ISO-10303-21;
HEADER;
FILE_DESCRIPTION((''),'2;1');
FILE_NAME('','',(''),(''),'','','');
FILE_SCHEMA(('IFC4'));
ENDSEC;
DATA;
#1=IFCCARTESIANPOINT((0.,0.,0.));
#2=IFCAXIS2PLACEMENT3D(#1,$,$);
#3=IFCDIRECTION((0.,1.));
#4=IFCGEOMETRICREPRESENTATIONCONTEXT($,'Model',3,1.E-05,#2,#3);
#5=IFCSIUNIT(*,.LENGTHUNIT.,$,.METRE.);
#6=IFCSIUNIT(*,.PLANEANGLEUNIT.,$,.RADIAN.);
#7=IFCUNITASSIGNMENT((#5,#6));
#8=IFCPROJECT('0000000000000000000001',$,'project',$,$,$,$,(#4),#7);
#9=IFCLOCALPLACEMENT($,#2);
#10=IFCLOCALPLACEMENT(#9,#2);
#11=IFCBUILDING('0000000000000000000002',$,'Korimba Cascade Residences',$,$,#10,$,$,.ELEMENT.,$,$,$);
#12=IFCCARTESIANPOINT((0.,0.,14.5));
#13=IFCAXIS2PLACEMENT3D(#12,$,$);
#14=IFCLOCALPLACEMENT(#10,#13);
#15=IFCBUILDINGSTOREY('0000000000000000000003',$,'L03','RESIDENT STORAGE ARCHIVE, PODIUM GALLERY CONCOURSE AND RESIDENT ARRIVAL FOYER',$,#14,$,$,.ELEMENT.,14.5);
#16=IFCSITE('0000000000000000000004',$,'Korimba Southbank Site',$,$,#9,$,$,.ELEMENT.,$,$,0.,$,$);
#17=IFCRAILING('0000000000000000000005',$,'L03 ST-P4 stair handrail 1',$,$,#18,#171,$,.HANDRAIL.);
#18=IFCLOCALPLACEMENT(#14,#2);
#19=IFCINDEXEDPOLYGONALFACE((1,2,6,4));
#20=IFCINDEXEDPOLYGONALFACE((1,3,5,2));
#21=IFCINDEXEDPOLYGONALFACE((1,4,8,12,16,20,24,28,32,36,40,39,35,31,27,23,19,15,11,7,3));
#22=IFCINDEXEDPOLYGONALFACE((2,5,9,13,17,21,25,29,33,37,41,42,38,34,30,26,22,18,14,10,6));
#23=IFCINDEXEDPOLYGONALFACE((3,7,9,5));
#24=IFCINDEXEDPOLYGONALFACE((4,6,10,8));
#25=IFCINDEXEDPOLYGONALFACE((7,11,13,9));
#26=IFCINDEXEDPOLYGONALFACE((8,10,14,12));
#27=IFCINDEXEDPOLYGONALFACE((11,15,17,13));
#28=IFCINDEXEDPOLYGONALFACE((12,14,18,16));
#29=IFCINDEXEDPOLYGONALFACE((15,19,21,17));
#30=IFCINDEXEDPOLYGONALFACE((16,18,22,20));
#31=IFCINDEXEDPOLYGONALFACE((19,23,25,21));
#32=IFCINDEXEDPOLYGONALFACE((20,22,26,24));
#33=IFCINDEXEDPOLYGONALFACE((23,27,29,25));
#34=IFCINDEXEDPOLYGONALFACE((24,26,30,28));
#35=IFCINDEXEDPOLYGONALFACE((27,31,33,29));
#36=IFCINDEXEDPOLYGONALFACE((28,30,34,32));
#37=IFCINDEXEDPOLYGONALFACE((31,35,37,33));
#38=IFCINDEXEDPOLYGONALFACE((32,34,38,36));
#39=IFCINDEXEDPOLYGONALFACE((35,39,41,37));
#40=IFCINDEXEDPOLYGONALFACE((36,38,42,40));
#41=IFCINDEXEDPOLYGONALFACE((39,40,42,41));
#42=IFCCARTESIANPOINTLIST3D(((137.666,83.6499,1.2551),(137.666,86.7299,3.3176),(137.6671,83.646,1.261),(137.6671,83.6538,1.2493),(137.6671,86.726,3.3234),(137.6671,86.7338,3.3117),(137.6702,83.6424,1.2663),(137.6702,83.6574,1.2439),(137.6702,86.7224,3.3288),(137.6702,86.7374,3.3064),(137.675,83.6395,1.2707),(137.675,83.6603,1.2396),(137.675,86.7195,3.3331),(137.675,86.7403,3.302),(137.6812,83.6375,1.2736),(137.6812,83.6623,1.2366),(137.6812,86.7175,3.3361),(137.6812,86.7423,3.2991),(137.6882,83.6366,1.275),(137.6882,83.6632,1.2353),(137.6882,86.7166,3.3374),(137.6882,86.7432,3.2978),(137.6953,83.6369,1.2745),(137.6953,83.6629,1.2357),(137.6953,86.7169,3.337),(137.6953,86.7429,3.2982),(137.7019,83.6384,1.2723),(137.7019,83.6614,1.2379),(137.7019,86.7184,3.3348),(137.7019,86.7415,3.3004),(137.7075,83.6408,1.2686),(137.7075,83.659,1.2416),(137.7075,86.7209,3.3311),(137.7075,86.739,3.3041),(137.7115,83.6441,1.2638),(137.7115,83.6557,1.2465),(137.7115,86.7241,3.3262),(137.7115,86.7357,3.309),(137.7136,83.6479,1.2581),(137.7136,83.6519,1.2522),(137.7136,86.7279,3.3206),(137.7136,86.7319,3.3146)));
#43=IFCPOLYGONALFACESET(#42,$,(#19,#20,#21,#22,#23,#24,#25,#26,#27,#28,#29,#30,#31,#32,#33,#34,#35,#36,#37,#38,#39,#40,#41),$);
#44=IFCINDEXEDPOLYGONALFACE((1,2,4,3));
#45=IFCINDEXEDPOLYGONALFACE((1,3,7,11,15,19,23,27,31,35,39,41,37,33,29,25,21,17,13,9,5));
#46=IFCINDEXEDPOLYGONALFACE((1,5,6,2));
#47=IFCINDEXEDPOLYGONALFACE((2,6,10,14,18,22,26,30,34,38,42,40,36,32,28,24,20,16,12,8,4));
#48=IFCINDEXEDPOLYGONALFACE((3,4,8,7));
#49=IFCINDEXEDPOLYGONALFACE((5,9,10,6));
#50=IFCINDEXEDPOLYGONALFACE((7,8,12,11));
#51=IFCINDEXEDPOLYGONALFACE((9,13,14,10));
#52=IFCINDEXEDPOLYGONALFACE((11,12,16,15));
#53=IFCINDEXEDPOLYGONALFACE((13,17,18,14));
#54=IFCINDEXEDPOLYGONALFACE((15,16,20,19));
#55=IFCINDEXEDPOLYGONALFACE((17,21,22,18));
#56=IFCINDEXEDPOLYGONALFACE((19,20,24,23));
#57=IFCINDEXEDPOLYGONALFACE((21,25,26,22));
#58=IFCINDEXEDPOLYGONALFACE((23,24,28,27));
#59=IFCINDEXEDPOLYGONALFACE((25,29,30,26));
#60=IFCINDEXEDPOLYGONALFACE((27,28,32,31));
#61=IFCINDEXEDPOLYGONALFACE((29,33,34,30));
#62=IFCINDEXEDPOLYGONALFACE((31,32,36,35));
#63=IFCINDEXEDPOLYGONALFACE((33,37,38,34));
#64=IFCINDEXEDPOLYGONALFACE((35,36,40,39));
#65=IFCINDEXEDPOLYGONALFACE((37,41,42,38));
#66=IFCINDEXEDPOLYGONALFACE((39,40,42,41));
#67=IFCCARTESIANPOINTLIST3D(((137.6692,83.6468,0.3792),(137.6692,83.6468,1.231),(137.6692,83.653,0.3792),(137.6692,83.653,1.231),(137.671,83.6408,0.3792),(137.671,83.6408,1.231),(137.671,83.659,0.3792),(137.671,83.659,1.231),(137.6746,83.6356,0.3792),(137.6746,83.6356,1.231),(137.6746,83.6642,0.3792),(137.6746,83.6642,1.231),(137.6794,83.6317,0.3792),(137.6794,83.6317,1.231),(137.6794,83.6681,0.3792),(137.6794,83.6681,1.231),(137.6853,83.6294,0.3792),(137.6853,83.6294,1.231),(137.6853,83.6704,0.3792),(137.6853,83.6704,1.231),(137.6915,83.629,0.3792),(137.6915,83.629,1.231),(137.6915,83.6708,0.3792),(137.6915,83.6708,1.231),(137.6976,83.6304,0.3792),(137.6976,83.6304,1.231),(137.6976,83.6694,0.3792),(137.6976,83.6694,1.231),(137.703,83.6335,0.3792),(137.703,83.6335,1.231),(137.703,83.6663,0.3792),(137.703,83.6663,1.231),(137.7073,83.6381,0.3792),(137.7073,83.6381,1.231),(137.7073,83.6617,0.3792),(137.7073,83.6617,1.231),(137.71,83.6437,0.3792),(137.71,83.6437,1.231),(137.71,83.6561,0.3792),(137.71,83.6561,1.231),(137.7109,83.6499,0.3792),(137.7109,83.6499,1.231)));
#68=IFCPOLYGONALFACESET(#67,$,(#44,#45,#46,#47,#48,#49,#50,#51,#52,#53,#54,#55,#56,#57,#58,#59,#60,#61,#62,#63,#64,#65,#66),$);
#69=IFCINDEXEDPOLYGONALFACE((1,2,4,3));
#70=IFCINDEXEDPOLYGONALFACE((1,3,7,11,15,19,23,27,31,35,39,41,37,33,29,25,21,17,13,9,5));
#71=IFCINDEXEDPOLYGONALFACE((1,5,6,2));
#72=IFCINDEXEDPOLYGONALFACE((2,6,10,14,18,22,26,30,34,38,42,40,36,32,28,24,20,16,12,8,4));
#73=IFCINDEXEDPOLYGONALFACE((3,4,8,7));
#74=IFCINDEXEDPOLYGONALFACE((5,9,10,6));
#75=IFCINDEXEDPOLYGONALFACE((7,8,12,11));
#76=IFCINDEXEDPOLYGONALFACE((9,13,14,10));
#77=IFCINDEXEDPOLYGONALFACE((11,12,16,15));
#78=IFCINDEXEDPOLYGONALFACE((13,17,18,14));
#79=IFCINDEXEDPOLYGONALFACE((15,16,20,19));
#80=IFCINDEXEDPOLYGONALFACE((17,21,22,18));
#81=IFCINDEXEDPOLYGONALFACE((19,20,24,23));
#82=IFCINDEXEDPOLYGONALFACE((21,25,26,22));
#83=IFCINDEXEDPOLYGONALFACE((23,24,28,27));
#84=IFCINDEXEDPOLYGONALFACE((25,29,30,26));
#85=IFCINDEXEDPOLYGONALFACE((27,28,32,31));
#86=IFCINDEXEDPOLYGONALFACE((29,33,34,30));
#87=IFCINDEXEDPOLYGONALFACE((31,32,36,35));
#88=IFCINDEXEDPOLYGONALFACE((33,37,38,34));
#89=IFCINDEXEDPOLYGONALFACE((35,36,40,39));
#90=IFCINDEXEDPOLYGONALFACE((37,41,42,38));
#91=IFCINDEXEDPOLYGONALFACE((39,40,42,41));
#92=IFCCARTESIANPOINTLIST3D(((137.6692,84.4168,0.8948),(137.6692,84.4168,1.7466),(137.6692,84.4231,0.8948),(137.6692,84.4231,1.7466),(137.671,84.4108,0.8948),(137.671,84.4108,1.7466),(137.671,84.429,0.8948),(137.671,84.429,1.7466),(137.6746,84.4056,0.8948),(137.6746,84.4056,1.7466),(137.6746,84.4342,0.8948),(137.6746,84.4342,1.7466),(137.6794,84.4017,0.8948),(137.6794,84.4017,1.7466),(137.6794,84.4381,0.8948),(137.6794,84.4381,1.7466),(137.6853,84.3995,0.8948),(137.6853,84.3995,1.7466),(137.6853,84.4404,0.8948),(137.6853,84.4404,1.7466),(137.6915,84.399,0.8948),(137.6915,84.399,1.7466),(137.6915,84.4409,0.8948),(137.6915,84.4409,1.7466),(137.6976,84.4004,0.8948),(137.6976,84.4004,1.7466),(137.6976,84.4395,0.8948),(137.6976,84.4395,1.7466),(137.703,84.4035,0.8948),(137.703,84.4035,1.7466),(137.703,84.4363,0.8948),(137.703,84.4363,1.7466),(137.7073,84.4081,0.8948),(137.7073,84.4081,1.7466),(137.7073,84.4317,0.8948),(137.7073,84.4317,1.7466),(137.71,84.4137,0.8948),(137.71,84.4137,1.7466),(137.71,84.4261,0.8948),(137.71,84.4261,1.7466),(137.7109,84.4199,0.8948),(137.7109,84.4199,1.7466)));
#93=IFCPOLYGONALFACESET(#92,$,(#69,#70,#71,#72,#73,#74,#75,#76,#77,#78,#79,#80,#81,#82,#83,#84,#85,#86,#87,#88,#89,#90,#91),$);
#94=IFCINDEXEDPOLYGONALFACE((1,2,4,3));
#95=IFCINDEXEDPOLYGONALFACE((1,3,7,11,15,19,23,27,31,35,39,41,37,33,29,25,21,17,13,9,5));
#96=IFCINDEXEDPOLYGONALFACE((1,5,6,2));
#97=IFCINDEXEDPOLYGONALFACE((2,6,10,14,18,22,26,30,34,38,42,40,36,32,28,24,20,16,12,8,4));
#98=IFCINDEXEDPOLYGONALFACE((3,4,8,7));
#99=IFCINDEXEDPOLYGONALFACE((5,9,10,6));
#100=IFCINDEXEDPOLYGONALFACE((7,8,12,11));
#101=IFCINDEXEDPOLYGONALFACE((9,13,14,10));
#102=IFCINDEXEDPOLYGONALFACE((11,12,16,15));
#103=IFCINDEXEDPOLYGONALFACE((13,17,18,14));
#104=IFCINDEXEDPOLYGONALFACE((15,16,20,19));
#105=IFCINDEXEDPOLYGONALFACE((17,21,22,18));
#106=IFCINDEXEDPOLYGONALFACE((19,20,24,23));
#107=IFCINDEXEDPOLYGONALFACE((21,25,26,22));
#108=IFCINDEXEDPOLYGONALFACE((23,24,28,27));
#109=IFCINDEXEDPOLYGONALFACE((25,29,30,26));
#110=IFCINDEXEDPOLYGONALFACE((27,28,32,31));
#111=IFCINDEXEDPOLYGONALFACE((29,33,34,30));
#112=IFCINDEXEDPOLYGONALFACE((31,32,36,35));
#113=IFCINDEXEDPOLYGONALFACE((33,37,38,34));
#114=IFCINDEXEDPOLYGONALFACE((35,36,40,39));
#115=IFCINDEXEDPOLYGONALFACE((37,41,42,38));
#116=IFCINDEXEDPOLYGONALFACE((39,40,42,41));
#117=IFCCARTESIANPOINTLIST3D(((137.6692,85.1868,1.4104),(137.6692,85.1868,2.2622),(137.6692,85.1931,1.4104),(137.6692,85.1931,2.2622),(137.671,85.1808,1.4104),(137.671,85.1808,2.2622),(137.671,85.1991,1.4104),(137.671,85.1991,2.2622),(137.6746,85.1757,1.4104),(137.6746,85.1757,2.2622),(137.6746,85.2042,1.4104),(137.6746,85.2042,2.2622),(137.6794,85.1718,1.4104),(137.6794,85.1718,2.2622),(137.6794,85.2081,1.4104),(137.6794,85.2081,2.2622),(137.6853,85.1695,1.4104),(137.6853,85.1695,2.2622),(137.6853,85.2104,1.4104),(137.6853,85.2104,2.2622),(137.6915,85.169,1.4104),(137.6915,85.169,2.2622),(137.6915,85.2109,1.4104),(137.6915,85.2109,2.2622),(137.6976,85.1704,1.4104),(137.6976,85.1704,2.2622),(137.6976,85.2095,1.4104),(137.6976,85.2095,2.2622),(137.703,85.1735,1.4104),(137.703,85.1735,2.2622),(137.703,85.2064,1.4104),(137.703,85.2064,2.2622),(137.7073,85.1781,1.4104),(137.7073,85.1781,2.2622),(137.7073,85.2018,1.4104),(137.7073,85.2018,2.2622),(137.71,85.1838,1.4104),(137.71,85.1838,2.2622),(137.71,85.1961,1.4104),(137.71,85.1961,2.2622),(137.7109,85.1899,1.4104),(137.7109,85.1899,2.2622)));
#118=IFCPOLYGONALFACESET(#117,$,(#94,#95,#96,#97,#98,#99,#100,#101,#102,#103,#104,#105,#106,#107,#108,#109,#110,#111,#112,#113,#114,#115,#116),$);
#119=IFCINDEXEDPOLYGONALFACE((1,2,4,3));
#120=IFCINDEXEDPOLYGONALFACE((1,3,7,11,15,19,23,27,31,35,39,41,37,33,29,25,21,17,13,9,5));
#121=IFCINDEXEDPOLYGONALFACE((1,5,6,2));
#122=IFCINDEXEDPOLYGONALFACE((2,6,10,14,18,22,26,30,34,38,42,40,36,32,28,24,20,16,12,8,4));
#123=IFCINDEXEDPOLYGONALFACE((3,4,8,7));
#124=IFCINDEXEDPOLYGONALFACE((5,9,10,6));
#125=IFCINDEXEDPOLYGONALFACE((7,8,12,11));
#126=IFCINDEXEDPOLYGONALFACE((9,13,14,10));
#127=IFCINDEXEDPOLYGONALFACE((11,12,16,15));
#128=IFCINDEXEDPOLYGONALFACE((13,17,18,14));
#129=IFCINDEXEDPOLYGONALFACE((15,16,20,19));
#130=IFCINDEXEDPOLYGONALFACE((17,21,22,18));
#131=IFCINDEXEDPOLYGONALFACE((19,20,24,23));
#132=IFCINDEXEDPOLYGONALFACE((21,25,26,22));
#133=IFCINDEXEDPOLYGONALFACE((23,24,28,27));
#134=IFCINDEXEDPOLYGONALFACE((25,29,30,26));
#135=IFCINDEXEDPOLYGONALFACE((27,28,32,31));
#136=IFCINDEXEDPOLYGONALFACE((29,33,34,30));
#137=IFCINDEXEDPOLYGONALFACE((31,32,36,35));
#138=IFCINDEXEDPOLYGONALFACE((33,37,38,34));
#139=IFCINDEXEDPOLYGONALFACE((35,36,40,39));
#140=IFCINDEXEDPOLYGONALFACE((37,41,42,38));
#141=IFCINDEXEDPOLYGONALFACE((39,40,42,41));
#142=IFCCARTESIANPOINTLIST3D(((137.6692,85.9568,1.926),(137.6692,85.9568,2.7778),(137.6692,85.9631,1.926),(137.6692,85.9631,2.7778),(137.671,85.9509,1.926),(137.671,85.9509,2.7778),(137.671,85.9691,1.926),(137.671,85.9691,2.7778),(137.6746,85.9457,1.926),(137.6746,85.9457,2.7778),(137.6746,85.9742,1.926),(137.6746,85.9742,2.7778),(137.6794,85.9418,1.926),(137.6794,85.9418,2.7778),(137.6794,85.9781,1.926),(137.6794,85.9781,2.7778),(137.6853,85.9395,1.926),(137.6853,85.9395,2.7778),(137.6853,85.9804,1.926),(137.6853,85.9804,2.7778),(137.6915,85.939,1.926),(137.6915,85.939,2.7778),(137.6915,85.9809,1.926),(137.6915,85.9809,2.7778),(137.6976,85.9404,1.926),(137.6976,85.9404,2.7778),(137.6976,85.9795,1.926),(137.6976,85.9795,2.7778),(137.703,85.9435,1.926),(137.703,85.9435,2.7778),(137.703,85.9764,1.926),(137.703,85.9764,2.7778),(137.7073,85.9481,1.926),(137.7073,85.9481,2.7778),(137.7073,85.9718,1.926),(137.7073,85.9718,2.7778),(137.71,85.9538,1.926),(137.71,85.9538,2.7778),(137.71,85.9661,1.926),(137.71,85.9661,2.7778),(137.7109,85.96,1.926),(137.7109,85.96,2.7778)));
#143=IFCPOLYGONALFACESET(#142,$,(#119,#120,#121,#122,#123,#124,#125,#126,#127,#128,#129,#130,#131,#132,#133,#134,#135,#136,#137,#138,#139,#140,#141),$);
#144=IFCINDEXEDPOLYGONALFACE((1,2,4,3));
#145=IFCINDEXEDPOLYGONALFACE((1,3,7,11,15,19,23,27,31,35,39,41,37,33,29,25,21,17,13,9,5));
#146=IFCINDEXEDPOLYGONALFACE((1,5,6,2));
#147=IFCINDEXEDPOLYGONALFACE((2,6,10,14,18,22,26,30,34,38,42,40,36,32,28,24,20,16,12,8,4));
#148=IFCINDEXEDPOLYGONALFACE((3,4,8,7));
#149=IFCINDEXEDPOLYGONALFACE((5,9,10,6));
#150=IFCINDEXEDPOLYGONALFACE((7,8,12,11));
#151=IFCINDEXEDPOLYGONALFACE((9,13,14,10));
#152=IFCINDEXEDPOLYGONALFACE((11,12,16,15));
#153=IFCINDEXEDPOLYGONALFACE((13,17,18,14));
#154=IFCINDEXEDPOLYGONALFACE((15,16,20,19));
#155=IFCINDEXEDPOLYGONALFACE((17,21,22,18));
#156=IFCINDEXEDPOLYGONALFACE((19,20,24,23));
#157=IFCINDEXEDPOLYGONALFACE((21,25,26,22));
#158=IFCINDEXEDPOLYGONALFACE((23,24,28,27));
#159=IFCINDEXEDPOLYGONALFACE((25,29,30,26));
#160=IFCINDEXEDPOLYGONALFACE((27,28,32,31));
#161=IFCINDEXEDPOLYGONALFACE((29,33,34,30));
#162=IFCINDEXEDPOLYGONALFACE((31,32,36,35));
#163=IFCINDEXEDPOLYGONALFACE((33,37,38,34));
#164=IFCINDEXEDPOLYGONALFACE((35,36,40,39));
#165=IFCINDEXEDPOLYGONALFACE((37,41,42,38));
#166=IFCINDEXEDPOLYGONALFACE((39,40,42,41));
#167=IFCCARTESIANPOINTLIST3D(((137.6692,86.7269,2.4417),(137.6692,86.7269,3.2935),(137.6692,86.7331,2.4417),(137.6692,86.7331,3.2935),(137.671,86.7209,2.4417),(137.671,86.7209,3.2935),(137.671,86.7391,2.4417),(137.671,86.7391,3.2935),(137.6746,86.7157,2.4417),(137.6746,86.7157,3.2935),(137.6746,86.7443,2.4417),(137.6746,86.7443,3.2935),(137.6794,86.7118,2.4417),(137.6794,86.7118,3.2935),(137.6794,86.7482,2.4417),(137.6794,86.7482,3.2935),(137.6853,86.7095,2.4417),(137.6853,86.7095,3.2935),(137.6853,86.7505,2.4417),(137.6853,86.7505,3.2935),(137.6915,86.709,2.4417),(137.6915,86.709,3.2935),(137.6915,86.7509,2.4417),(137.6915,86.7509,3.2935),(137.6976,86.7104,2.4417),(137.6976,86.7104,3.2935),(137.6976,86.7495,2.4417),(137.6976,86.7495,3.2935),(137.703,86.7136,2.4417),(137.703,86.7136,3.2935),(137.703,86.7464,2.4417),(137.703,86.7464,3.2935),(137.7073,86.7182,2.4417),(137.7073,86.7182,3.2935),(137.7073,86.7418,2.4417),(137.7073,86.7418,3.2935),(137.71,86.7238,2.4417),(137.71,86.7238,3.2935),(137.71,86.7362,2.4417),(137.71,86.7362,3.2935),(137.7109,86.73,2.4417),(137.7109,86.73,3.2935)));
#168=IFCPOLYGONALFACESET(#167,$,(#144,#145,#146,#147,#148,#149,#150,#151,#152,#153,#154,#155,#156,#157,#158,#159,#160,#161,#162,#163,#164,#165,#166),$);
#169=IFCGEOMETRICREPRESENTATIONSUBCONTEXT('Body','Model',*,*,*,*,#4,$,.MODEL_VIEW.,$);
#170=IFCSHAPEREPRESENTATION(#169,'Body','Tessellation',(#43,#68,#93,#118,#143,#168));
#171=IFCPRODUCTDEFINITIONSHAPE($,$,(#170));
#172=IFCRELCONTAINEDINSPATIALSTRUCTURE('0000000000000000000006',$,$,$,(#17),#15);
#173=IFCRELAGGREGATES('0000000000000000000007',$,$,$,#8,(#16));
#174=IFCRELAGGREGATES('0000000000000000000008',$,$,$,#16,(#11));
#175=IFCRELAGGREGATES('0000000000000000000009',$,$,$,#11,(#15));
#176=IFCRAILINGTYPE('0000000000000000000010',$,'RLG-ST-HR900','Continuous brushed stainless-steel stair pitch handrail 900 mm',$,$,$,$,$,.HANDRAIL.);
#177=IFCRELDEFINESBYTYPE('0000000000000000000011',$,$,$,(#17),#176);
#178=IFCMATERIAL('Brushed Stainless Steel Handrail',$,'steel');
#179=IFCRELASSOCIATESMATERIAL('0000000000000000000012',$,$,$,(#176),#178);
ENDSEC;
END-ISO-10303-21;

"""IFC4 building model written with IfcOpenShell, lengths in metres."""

from ifc_helpers import new_model, si_unit, direction, frame, origin, origin_2d, place, context, subcontext, project, spatial, circle, extrude, material, type_object, element, save


model = new_model("IFC4")

# Units and contexts
model_context = context("Model", 3, precision=1e-05, world=origin(), true_north=direction((0.0, 1.0)))
body_context = subcontext(model_context, "Body", "Model", "MODEL_VIEW")
ifc_project = project(units=[si_unit("LENGTHUNIT", "METRE"), si_unit("PLANEANGLEUNIT", "RADIAN")], contexts=[model_context])

# Site, building, storey
site_placement = place(None, origin())
site = spatial("IfcSite", under=ifc_project, at=site_placement, Name="Korimba Southbank Site", CompositionType="ELEMENT", RefElevation=0.0)
building_placement = place(site_placement, origin())
building = spatial("IfcBuilding", under=site, at=building_placement, Name="Korimba Cascade Residences", CompositionType="ELEMENT")
storey_placement = place(building_placement, frame((0.0, 0.0, 14.5)))
storey = spatial("IfcBuildingStorey", under=building, at=storey_placement, Name="L03", Description="RESIDENT STORAGE ARCHIVE, PODIUM GALLERY CONCOURSE AND RESIDENT ARRIVAL FOYER", CompositionType="ELEMENT", Elevation=14.5)

# Railing
ifc_material_1 = material(Name="Brushed Stainless Steel Handrail", Category="steel")
railing_type_1 = type_object("IfcRailingType", Name="RLG-ST-HR900", Description="Continuous brushed stainless-steel stair pitch handrail 900 mm", PredefinedType="HANDRAIL", material=ifc_material_1)
railing_1_placement = place(storey_placement, frame((137.6899, 83.6499, 0.3792)))
element("IfcRailing", 1, at=railing_1_placement, inside=storey, type_object=railing_type_1, Name="L03 ST-P4 stair handrail 1", PredefinedType="HANDRAIL", context=body_context, shape_type="SweptSolid", body=[
    extrude(circle(Radius=0.0239, at=origin_2d()), frame((0.0, 0.0, 0.876), z_axis=(0.0, 0.830914, 0.556401), x_axis=(-1.0, 0.0, 0.0)), (0.0, 0.0, 1.0), 3.7068),
    extrude(circle(Radius=0.021, at=origin_2d()), origin(), (0.0, 0.0, 1.0), 0.8518),
    extrude(circle(Radius=0.021, at=origin_2d()), frame((0.0, 0.77, 0.5156)), (0.0, 0.0, 1.0), 0.8518),
    extrude(circle(Radius=0.021, at=origin_2d()), frame((0.0, 1.54, 1.0312)), (0.0, 0.0, 1.0), 0.8518),
    extrude(circle(Radius=0.021, at=origin_2d()), frame((0.0, 2.3101, 1.5469)), (0.0, 0.0, 1.0), 0.8518),
    extrude(circle(Radius=0.021, at=origin_2d()), frame((0.0, 3.0801, 2.0625)), (0.0, 0.0, 1.0), 0.8518),
])

save(model, "model.ifc")
